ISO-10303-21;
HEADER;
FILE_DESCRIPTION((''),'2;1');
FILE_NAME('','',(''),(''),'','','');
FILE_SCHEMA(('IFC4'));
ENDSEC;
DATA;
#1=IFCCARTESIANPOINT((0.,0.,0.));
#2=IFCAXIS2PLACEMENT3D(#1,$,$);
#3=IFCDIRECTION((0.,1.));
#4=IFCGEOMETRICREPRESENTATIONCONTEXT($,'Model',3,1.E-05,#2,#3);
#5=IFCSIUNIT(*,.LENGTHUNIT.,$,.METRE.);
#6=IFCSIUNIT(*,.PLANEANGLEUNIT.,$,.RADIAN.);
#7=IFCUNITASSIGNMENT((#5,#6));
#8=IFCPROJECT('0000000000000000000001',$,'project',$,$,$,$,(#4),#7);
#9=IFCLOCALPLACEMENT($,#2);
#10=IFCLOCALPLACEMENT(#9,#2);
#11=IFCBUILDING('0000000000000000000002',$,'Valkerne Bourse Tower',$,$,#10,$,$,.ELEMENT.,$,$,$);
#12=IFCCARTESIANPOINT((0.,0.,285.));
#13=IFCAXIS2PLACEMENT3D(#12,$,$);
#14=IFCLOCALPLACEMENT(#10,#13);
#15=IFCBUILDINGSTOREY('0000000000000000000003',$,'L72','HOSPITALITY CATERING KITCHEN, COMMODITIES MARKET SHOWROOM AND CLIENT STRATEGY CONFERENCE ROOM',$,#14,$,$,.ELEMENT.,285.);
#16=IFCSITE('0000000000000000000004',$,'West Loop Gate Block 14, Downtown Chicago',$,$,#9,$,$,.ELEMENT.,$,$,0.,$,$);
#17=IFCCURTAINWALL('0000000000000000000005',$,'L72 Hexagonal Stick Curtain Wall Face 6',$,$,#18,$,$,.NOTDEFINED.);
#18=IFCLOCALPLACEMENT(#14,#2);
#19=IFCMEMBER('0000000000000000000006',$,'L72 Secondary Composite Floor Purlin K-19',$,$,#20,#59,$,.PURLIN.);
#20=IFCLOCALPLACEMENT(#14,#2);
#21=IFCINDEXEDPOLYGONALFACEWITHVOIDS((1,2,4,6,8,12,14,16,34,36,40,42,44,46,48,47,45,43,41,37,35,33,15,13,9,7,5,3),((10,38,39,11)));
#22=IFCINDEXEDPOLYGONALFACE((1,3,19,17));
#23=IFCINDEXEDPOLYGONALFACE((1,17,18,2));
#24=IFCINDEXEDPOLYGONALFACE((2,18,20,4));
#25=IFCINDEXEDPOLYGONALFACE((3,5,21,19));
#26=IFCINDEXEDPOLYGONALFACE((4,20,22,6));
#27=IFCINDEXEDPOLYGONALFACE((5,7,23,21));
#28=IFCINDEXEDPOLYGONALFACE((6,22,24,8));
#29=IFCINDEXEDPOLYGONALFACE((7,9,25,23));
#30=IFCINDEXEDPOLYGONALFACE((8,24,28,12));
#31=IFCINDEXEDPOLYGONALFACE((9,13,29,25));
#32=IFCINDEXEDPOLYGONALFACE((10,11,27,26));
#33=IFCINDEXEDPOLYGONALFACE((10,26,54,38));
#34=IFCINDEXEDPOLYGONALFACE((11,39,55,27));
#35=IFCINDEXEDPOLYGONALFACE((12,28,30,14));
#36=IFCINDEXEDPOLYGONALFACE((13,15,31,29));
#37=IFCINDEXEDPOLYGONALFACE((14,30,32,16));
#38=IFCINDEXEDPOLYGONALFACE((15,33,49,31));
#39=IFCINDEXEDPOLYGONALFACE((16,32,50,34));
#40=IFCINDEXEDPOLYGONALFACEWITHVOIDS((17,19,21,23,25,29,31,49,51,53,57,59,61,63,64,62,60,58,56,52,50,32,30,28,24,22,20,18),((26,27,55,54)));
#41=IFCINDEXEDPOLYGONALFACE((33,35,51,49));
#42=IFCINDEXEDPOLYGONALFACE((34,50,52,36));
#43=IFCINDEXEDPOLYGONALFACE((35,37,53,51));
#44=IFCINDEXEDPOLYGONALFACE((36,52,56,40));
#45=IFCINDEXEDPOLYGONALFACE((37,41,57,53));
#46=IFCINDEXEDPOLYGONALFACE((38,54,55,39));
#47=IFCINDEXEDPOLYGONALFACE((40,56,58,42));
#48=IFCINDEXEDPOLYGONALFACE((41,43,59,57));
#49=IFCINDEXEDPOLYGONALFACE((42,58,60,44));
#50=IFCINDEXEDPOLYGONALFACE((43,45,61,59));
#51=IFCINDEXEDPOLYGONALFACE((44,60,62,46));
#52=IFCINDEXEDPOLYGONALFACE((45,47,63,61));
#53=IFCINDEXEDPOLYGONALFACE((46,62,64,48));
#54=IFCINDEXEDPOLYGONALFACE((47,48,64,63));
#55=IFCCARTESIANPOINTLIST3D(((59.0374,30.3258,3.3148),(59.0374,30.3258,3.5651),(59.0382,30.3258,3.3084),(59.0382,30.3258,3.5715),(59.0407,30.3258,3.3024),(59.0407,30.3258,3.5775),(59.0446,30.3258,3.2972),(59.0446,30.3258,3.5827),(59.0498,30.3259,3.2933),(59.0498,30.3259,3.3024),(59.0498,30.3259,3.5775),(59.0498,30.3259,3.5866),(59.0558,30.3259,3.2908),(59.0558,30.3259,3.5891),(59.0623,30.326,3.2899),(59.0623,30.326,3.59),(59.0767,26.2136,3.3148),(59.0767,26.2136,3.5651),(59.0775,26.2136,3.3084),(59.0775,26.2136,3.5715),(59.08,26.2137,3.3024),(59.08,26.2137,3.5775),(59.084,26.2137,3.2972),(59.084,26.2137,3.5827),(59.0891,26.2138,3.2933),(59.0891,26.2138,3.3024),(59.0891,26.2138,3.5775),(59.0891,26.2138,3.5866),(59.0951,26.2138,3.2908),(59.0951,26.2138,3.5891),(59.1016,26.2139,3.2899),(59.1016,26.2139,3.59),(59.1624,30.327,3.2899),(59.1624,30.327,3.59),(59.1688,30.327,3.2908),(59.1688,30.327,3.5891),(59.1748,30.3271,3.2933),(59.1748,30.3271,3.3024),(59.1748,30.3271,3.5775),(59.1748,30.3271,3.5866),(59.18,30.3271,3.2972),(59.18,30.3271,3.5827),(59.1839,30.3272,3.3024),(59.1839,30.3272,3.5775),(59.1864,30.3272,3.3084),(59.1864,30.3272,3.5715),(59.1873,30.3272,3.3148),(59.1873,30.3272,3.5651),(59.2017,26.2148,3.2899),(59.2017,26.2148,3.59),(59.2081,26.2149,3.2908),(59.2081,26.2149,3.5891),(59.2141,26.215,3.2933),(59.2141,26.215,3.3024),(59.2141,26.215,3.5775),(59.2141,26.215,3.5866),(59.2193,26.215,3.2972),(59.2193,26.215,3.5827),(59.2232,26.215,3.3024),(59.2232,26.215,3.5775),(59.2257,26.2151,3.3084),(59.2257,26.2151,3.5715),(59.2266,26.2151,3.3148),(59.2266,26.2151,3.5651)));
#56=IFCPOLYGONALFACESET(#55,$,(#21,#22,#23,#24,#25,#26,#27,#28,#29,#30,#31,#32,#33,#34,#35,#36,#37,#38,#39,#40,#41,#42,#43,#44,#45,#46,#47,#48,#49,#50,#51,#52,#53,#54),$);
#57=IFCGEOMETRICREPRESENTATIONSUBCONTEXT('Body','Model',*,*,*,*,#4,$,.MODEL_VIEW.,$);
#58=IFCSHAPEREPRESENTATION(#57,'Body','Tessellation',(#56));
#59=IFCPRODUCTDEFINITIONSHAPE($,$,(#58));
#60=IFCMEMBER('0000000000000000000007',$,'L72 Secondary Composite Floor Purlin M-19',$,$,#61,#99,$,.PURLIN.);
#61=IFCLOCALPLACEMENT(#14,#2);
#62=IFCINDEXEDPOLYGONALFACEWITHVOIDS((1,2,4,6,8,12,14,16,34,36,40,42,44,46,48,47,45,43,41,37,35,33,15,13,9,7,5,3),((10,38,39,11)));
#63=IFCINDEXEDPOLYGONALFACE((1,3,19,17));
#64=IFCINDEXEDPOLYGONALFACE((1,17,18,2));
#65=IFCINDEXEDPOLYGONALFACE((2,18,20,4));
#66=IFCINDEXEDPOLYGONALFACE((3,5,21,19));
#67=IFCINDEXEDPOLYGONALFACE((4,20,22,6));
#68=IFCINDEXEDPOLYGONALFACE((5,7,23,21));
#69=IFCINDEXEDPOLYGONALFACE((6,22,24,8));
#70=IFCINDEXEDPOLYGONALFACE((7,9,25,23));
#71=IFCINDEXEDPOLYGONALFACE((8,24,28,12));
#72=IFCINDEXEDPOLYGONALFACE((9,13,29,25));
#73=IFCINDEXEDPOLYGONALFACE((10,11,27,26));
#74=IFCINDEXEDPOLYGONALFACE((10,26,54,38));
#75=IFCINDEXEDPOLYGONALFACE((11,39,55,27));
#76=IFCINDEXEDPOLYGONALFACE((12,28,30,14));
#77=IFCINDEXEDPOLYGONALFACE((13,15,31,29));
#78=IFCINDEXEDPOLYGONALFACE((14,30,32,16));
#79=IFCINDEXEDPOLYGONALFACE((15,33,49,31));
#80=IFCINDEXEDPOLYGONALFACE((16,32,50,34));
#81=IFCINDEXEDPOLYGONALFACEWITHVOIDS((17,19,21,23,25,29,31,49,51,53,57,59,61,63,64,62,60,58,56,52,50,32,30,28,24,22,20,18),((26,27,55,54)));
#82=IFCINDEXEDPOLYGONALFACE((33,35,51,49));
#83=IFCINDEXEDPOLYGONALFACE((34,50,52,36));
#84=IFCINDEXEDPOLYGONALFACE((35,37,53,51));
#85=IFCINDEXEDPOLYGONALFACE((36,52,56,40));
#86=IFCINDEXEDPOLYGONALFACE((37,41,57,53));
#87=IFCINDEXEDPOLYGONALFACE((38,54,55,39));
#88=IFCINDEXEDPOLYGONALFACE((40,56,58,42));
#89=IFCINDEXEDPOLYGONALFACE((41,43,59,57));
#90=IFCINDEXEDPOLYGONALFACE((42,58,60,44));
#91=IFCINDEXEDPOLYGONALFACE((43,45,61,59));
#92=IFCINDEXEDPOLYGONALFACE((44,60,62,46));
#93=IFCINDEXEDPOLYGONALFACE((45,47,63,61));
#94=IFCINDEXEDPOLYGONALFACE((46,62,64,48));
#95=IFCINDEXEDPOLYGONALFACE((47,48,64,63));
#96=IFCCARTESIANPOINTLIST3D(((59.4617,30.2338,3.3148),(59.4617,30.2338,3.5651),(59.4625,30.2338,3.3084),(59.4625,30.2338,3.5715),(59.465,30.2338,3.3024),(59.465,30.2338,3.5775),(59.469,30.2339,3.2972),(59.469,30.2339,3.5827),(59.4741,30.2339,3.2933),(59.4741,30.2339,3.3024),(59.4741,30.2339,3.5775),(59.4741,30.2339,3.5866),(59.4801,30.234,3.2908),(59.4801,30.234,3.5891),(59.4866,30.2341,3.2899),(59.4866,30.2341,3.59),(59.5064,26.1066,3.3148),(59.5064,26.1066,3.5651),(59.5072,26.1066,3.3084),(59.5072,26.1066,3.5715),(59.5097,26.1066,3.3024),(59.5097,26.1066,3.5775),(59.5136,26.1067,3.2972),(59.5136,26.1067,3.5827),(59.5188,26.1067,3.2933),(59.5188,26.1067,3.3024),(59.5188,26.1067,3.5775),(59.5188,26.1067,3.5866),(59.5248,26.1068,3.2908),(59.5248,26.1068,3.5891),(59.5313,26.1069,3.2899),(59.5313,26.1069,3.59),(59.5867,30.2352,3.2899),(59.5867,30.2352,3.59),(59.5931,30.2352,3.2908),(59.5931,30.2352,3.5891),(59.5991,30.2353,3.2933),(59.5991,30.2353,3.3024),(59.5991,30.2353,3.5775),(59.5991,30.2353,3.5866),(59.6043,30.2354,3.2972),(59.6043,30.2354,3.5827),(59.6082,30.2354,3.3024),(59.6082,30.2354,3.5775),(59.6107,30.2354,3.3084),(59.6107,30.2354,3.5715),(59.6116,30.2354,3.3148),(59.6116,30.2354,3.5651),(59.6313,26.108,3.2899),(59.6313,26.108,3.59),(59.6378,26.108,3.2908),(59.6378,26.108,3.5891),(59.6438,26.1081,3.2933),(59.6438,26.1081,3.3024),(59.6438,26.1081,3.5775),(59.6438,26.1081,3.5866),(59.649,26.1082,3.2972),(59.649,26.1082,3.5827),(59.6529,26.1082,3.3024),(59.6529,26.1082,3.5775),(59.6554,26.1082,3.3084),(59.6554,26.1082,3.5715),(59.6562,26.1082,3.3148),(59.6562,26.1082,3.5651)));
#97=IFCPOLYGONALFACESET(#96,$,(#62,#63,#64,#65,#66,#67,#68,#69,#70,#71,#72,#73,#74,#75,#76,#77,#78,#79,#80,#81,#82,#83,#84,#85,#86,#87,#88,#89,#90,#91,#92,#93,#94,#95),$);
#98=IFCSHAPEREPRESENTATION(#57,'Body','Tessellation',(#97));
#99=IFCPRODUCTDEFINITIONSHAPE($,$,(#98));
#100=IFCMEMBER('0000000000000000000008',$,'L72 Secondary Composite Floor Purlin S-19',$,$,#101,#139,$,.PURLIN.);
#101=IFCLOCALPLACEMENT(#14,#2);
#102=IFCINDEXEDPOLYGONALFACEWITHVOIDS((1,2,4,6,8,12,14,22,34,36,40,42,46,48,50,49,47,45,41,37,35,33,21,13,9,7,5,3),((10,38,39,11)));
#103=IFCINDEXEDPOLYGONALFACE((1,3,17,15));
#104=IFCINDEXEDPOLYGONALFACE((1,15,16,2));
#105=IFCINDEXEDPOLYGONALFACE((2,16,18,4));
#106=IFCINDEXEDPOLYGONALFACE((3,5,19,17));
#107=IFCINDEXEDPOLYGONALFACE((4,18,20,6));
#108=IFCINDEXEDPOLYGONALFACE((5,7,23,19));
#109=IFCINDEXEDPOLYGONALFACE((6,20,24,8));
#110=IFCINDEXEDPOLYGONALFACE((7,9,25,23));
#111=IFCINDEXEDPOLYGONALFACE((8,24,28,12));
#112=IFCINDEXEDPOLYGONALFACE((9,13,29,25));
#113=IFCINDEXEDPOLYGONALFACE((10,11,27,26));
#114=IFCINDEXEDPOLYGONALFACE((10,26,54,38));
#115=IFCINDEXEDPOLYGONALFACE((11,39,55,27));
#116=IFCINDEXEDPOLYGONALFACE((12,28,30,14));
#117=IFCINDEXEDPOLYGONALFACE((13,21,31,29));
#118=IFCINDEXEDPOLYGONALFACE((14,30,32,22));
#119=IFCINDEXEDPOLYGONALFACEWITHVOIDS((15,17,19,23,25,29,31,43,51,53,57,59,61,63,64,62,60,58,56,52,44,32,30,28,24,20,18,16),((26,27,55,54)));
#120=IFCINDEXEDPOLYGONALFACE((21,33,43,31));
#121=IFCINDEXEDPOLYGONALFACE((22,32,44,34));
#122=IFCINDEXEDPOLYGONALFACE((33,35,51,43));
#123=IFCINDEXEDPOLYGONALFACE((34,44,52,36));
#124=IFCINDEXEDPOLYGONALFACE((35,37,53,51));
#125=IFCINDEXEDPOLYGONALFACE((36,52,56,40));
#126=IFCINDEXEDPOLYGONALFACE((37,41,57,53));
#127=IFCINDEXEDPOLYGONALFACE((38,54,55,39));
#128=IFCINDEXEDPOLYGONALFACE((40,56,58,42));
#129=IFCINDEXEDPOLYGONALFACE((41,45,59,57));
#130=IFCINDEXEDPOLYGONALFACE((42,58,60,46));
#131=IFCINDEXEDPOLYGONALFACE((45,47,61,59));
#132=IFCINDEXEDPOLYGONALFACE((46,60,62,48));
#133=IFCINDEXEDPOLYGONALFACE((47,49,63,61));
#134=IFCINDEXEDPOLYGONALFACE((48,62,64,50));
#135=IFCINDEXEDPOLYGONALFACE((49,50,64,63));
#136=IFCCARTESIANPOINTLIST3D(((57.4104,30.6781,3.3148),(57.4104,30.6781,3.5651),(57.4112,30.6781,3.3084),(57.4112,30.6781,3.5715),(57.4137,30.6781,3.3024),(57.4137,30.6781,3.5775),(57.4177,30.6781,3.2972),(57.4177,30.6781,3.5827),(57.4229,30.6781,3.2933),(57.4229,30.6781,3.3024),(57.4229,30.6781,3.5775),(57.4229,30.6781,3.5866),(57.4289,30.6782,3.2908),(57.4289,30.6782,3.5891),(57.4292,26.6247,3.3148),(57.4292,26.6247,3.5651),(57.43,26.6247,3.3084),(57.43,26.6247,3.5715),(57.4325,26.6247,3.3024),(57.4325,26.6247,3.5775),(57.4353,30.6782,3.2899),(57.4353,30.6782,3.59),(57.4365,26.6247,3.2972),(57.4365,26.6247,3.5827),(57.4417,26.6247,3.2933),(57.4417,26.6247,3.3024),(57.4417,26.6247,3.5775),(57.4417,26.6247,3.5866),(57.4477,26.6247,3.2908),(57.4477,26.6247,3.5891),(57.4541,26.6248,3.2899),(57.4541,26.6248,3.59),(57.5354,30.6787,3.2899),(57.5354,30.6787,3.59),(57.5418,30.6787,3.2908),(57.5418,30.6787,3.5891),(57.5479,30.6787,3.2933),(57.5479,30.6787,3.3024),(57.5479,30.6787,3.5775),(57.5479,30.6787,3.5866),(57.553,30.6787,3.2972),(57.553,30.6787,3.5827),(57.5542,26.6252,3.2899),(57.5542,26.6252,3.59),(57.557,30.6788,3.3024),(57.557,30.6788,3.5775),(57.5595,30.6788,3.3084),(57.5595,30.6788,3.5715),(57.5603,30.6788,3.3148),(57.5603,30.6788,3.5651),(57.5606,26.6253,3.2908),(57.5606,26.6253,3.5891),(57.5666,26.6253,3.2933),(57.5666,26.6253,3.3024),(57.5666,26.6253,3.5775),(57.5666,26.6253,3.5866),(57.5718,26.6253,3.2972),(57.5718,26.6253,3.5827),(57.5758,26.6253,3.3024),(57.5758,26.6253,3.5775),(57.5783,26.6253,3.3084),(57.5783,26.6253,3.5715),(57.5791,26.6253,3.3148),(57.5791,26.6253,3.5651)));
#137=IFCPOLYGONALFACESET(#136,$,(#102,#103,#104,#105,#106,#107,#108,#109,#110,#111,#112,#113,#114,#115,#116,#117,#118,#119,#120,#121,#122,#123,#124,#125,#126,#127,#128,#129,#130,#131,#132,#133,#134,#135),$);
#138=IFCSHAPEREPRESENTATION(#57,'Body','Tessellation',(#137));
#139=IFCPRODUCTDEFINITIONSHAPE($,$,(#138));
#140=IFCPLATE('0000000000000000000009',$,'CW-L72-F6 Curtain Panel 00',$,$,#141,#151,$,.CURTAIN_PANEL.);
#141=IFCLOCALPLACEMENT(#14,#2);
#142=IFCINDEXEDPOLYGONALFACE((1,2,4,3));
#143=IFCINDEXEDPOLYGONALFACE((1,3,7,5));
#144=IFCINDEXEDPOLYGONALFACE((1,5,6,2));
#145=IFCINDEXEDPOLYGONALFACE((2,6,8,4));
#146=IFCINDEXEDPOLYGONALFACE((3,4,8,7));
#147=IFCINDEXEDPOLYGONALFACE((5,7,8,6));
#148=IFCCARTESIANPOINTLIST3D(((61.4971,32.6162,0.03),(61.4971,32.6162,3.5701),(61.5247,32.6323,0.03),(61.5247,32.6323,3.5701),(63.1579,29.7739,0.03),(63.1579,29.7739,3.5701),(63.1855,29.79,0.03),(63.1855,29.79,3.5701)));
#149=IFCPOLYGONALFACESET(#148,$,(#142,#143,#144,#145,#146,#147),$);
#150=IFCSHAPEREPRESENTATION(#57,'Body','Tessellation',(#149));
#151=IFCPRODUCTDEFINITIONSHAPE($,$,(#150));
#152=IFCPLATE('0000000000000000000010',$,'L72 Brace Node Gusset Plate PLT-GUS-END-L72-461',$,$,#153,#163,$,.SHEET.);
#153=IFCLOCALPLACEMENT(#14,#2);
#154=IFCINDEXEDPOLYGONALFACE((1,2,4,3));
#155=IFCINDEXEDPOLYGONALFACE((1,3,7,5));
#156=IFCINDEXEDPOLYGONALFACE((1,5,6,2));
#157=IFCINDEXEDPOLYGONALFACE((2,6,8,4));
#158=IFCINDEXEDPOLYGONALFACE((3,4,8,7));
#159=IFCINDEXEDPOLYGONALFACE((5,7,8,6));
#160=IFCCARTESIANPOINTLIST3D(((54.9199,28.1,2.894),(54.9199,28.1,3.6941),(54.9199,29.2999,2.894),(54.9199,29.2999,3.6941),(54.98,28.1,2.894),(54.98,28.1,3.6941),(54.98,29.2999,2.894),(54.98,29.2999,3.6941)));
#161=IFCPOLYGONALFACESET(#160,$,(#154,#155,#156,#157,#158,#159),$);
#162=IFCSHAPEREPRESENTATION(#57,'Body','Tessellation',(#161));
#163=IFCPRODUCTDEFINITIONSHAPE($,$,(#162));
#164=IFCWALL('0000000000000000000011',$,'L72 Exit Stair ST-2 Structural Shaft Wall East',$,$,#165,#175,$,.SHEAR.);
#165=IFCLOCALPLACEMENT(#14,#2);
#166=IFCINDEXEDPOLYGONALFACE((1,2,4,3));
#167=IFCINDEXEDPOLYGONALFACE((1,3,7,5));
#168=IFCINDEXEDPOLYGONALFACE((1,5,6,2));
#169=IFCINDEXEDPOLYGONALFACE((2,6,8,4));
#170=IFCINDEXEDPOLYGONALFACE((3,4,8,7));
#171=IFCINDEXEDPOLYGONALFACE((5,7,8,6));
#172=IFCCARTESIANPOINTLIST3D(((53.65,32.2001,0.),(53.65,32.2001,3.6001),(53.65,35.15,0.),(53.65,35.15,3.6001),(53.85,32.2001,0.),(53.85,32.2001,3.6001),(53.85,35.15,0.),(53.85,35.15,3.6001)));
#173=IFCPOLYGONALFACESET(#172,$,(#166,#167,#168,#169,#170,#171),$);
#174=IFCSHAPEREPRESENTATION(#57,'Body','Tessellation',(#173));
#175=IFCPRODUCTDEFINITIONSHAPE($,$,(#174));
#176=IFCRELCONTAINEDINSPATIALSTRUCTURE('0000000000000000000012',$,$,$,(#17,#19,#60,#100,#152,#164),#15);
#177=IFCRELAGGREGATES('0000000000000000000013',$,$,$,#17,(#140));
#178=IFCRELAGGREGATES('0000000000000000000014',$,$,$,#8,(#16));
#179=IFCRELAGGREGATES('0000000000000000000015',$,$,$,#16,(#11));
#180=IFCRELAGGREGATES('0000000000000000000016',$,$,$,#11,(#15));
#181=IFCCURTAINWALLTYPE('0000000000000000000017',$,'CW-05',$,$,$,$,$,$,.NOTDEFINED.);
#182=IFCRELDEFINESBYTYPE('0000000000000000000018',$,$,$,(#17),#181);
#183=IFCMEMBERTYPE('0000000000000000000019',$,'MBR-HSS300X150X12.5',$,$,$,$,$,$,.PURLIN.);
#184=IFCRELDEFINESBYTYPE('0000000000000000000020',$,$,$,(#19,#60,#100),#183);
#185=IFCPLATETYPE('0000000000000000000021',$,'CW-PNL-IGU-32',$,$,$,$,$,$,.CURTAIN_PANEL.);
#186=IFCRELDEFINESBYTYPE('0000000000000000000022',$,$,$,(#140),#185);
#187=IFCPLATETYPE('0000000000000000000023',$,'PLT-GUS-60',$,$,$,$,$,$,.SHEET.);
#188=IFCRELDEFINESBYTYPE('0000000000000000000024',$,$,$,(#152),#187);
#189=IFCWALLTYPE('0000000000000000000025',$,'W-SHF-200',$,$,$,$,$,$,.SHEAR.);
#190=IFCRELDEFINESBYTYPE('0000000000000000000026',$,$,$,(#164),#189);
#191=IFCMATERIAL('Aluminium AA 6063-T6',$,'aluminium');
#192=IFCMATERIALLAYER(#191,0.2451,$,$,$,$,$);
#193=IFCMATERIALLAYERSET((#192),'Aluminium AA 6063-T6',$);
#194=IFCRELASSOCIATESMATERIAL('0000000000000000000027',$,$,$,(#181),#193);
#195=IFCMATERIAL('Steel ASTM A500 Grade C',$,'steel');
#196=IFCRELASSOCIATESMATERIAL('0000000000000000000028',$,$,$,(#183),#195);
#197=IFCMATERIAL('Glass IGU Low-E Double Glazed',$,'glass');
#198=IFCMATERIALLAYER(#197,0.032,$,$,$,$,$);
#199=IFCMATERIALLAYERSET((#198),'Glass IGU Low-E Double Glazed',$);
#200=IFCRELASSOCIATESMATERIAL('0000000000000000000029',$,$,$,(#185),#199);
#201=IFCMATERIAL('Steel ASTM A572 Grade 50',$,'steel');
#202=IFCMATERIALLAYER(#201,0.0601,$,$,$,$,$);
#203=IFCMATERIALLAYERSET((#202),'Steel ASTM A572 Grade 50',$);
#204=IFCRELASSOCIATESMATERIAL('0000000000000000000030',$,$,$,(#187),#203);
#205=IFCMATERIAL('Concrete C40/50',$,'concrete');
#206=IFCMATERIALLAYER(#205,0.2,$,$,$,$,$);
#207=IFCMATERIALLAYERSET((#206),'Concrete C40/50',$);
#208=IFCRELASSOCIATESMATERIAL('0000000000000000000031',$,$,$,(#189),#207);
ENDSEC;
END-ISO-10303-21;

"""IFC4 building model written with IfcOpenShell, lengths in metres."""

from ifc_helpers import new_model, si_unit, direction, frame, frame_2d, origin, origin_2d, place, context, subcontext, project, spatial, rectangle, hollow_rectangle, extrude, material, layer, layer_set, material_profile, profile_set, type_object, element, aggregate, save


model = new_model("IFC4")

# Units and contexts
model_context = context("Model", 3, precision=1e-05, world=origin(), true_north=direction((0.0, 1.0)))
body_context = subcontext(model_context, "Body", "Model", "MODEL_VIEW")
ifc_project = project(units=[si_unit("LENGTHUNIT", "METRE"), si_unit("PLANEANGLEUNIT", "RADIAN")], contexts=[model_context])

# Site, building, storey
site_placement = place(None, origin())
site = spatial("IfcSite", under=ifc_project, at=site_placement, Name="West Loop Gate Block 14, Downtown Chicago", CompositionType="ELEMENT", RefElevation=0.0)
building_placement = place(site_placement, origin())
building = spatial("IfcBuilding", under=site, at=building_placement, Name="Valkerne Bourse Tower", CompositionType="ELEMENT")
storey_placement = place(building_placement, frame((0.0, 0.0, 285.0)))
storey = spatial("IfcBuildingStorey", under=building, at=storey_placement, Name="L72", Description="HOSPITALITY CATERING KITCHEN, COMMODITIES MARKET SHOWROOM AND CLIENT STRATEGY CONFERENCE ROOM", CompositionType="ELEMENT", Elevation=285.0)

# Shared definitions
ifc_material_1 = material(Name="Steel ASTM A500 Grade C", Category="steel")

# Curtain wall
ifc_material_2 = material(Name="Aluminium AA 6063-T6", Category="aluminium")
ifc_layer_1 = layer(ifc_material_2, 0.2451)
ifc_layer_set_1 = layer_set([ifc_layer_1], Name="Aluminium AA 6063-T6")
curtain_wall_type = type_object("IfcCurtainWallType", Name="CW-05", PredefinedType="NOTDEFINED", material=ifc_layer_set_1)
curtain_wall_placement = place(storey_placement, origin())
curtain_wall = element("IfcCurtainWall", 1, at=curtain_wall_placement, inside=storey, type_object=curtain_wall_type, Name="L72 Hexagonal Stick Curtain Wall Face 6", PredefinedType="NOTDEFINED")

# Members
ifc_material_profile_1 = material_profile(ifc_material_1, hollow_rectangle(XDim=0.1499, YDim=0.3, WallThickness=0.0125, OuterFilletRadius=0.0249, at=origin_2d()), Name="HSS300X150X12.5")
ifc_profile_set_1 = profile_set([ifc_material_profile_1], Name="Steel ASTM A500 Grade C")
member_type_1 = type_object("IfcMemberType", Name="MBR-HSS300X150X12.5", PredefinedType="PURLIN", material=ifc_profile_set_1)
member_1_placement = place(storey_placement, frame((59.1516, 26.2144, 3.4399), z_axis=(-0.009558, 0.999954, 0.0), x_axis=(-0.999954, -0.009558, 0.0)))
element("IfcMember", 2, at=member_1_placement, inside=storey, type_object=member_type_1, Name="L72 Secondary Composite Floor Purlin K-19", PredefinedType="PURLIN", context=body_context, shape_type="SweptSolid", body=[
    extrude(hollow_rectangle(XDim=0.1499, YDim=0.3, WallThickness=0.0125, OuterFilletRadius=0.0249, at=origin_2d()), origin(), (0.0, 0.0, 1.0), 4.1123),
])
member_2_placement = place(storey_placement, frame((59.5813, 26.1074, 3.4399), z_axis=(-0.010825, 0.999941, 0.0), x_axis=(-0.999941, -0.010825, 0.0)))
element("IfcMember", 3, at=member_2_placement, inside=storey, type_object=member_type_1, Name="L72 Secondary Composite Floor Purlin M-19", PredefinedType="PURLIN", context=body_context, shape_type="SweptSolid", body=[
    extrude(hollow_rectangle(XDim=0.1499, YDim=0.3, WallThickness=0.0125, OuterFilletRadius=0.0249, at=origin_2d()), origin(), (0.0, 0.0, 1.0), 4.1274),
])
member_3_placement = place(storey_placement, frame((57.5042, 26.625, 3.4399), z_axis=(-0.004638, 0.999989, 0.0), x_axis=(-0.999989, -0.004638, 0.0)))
element("IfcMember", 4, at=member_3_placement, inside=storey, type_object=member_type_1, Name="L72 Secondary Composite Floor Purlin S-19", PredefinedType="PURLIN", context=body_context, shape_type="SweptSolid", body=[
    extrude(hollow_rectangle(XDim=0.1499, YDim=0.3, WallThickness=0.0125, OuterFilletRadius=0.0249, at=origin_2d()), origin(), (0.0, 0.0, 1.0), 4.0535),
])

# Plates
ifc_material_3 = material(Name="Glass IGU Low-E Double Glazed", Category="glass")
ifc_layer_2 = layer(ifc_material_3, 0.032)
ifc_layer_set_2 = layer_set([ifc_layer_2], Name="Glass IGU Low-E Double Glazed")
plate_type_1 = type_object("IfcPlateType", Name="CW-PNL-IGU-32", PredefinedType="CURTAIN_PANEL", material=ifc_layer_set_2)
plate_1_placement = place(storey_placement, frame((62.3413, 31.2031, 0.03), z_axis=(0.0, 0.0, 1.0), x_axis=(-0.504517, 0.863401, 0.0)))
plate_1 = element("IfcPlate", 5, at=plate_1_placement, type_object=plate_type_1, Name="CW-L72-F6 Curtain Panel 00", PredefinedType="CURTAIN_PANEL", context=body_context, shape_type="SweptSolid", body=[
    extrude(rectangle(XDim=3.292, YDim=0.032, at=origin_2d()), origin(), (0.0, 0.0, 1.0), 3.54),
])
aggregate(curtain_wall, [plate_1])
ifc_material_4 = material(Name="Steel ASTM A572 Grade 50", Category="steel")
ifc_layer_3 = layer(ifc_material_4, 0.0601)
ifc_layer_set_3 = layer_set([ifc_layer_3], Name="Steel ASTM A572 Grade 50")
plate_type_2 = type_object("IfcPlateType", Name="PLT-GUS-60", PredefinedType="SHEET", material=ifc_layer_set_3)
plate_2_placement = place(storey_placement, frame((54.95, 28.7, 2.894), z_axis=(0.0, 0.0, 1.0), x_axis=(0.0, 1.0, 0.0)))
element("IfcPlate", 6, at=plate_2_placement, inside=storey, type_object=plate_type_2, Name="L72 Brace Node Gusset Plate PLT-GUS-END-L72-461", PredefinedType="SHEET", context=body_context, shape_type="SweptSolid", body=[
    extrude(rectangle(XDim=1.2, YDim=0.0601, at=origin_2d()), origin(), (0.0, 0.0, 1.0), 0.8),
])

# Wall
ifc_material_5 = material(Name="Concrete C40/50", Category="concrete")
ifc_layer_4 = layer(ifc_material_5, 0.2)
ifc_layer_set_4 = layer_set([ifc_layer_4], Name="Concrete C40/50")
wall_type = type_object("IfcWallType", Name="W-SHF-200", PredefinedType="SHEAR", material=ifc_layer_set_4)
wall_placement = place(storey_placement, frame((53.75, 32.2, 0.0), z_axis=(0.0, 0.0, 1.0), x_axis=(0.0, 1.0, 0.0)))
element("IfcWall", 7, at=wall_placement, inside=storey, type_object=wall_type, Name="L72 Exit Stair ST-2 Structural Shaft Wall East", PredefinedType="SHEAR", context=body_context, shape_type="SweptSolid", body=[
    extrude(rectangle(XDim=2.95, YDim=0.2, at=frame_2d((1.4751, 0.0))), origin(), (0.0, 0.0, 1.0), 3.6001),
])

save(model, "model.ifc")
